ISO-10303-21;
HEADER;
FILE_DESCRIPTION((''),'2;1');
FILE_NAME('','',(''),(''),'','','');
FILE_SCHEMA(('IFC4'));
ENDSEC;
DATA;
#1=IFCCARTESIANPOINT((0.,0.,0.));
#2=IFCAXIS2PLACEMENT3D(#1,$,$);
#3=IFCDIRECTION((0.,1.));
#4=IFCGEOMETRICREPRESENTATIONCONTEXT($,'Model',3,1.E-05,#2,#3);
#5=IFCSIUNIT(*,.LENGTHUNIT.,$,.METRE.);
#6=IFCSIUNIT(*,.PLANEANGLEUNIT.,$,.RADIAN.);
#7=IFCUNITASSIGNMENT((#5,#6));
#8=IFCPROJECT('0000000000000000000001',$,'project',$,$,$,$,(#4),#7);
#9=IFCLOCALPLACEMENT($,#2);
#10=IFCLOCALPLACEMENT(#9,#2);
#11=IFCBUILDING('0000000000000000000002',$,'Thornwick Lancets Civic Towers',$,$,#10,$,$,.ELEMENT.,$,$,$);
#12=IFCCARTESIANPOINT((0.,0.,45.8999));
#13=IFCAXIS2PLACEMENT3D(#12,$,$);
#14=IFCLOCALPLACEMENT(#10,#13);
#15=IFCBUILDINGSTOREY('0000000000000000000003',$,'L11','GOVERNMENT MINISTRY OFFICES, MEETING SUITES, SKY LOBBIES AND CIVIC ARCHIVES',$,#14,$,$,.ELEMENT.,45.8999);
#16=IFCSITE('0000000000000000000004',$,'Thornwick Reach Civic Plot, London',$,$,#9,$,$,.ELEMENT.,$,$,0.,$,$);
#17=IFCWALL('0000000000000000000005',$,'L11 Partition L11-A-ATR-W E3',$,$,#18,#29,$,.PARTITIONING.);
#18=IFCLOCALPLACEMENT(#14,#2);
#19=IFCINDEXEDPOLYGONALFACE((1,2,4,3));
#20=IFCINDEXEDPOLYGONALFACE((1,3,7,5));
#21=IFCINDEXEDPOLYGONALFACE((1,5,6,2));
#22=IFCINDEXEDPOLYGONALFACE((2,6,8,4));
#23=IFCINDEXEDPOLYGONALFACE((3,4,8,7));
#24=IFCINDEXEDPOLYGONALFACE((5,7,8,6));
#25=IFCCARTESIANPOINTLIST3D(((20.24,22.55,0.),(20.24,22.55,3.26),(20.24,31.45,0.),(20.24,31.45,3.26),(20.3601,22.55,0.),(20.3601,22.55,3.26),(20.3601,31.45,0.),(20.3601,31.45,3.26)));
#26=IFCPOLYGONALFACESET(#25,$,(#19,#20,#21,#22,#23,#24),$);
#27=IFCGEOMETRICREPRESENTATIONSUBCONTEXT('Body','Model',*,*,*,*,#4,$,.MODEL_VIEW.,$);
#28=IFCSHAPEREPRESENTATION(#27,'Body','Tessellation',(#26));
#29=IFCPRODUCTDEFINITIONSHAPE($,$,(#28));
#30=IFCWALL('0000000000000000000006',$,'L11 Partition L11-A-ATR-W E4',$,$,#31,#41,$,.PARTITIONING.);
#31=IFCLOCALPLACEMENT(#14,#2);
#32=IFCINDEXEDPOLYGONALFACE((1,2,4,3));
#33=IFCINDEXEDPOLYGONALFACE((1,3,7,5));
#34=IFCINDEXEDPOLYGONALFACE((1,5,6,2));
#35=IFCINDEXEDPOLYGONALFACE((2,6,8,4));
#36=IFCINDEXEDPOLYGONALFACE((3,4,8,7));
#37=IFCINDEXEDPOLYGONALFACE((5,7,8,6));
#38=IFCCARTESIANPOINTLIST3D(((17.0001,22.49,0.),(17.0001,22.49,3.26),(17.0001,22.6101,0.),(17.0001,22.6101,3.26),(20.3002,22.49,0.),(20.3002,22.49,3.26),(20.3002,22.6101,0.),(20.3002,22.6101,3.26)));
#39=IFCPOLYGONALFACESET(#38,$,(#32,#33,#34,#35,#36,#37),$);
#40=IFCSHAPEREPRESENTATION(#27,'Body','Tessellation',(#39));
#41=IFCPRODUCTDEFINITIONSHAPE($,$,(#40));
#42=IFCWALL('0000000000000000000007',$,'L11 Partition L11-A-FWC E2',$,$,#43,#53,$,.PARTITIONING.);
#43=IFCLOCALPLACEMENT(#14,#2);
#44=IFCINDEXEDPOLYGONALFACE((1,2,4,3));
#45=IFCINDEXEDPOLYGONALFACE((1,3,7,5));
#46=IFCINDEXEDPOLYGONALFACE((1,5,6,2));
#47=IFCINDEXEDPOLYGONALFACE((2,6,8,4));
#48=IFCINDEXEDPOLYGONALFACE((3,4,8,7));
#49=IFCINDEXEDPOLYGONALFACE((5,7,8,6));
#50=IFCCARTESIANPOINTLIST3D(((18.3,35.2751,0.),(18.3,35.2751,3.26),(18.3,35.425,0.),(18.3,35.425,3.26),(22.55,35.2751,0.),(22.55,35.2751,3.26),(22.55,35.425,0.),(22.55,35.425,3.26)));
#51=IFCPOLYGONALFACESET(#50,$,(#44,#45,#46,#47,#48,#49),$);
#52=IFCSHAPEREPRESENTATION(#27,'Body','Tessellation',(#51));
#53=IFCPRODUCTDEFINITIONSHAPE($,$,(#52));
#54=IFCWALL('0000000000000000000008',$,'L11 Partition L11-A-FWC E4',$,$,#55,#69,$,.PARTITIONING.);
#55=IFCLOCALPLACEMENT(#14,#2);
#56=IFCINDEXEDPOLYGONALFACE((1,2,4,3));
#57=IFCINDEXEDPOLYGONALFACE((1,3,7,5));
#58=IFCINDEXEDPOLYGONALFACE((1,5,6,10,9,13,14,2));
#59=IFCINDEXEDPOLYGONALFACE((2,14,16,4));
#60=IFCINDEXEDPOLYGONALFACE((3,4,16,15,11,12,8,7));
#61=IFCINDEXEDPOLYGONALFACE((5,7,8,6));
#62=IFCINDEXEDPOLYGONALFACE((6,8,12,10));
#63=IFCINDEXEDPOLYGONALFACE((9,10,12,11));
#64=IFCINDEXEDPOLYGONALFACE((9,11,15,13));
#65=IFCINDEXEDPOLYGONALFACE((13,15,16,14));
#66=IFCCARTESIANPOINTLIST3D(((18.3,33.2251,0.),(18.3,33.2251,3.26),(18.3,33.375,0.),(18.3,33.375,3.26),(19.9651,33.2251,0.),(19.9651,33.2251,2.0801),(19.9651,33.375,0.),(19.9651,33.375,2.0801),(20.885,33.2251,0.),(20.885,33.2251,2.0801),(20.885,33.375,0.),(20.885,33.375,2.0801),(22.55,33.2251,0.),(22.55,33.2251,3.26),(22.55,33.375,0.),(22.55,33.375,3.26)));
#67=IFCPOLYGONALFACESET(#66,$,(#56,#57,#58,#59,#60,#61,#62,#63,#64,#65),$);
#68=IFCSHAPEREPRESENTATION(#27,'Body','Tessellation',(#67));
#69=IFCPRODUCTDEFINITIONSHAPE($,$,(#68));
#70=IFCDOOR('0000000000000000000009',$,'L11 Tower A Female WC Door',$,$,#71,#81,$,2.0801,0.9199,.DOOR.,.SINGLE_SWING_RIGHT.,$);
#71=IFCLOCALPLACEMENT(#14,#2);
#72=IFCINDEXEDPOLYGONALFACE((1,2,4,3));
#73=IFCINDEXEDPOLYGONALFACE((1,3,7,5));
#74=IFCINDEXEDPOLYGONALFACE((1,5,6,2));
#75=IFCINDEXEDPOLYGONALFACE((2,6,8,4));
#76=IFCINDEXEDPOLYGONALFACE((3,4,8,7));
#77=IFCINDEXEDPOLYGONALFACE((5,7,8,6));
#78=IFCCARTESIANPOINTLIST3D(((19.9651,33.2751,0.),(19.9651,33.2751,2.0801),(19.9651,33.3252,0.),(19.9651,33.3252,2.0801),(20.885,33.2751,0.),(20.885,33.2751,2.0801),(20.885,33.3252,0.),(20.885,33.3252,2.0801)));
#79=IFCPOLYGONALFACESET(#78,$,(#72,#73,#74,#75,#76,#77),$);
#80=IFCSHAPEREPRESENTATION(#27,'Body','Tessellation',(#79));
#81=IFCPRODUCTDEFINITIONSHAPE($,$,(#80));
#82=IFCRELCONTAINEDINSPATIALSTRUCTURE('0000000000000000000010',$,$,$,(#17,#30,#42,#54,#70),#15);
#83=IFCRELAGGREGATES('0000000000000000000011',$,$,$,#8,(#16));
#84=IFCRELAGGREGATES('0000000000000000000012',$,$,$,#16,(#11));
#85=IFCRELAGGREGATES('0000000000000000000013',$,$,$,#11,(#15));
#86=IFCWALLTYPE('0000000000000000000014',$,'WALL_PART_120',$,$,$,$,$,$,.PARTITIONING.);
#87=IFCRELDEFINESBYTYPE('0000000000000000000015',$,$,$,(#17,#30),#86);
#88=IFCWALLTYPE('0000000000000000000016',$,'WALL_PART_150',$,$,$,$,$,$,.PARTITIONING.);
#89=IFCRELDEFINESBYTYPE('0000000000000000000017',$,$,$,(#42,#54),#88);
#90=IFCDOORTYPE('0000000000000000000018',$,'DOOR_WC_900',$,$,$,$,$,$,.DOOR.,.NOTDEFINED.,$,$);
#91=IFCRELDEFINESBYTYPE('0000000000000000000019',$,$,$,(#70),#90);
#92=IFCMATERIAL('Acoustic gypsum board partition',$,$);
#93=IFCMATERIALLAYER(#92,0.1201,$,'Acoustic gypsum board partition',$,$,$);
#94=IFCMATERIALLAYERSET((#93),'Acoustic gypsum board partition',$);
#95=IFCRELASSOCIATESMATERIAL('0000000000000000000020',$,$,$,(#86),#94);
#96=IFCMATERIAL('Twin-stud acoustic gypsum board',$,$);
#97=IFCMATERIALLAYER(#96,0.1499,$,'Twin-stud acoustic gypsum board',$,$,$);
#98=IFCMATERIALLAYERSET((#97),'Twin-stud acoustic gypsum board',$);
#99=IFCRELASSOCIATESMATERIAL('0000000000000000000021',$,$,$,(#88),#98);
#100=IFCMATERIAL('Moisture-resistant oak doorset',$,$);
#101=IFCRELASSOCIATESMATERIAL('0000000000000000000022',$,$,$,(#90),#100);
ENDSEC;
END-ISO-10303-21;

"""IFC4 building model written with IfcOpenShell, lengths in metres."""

from ifc_helpers import new_model, si_unit, direction, frame, frame_2d, origin, place, context, subcontext, project, spatial, rectangle, extrude, material, layer, layer_set, type_object, element, fill, save


model = new_model("IFC4")

# Units and contexts
model_context = context("Model", 3, precision=1e-05, world=origin(), true_north=direction((0.0, 1.0)))
body_context = subcontext(model_context, "Body", "Model", "MODEL_VIEW")
ifc_project = project(units=[si_unit("LENGTHUNIT", "METRE"), si_unit("PLANEANGLEUNIT", "RADIAN")], contexts=[model_context])

# Site, building, storey
site_placement = place(None, origin())
site = spatial("IfcSite", under=ifc_project, at=site_placement, Name="Thornwick Reach Civic Plot, London", CompositionType="ELEMENT", RefElevation=0.0)
building_placement = place(site_placement, origin())
building = spatial("IfcBuilding", under=site, at=building_placement, Name="Thornwick Lancets Civic Towers", CompositionType="ELEMENT")
storey_placement = place(building_placement, frame((0.0, 0.0, 45.8999)))
storey = spatial("IfcBuildingStorey", under=building, at=storey_placement, Name="L11", Description="GOVERNMENT MINISTRY OFFICES, MEETING SUITES, SKY LOBBIES AND CIVIC ARCHIVES", CompositionType="ELEMENT", Elevation=45.8999)

# Shared definitions
ifc_material_1 = material(Name="Acoustic gypsum board partition")
ifc_layer_1 = layer(ifc_material_1, 0.1201, Name="Acoustic gypsum board partition")
ifc_layer_set_1 = layer_set([ifc_layer_1], Name="Acoustic gypsum board partition")
wall_type_1 = type_object("IfcWallType", Name="WALL_PART_120", PredefinedType="PARTITIONING", material=ifc_layer_set_1)

# Walls
wall_1_placement = place(storey_placement, frame((20.3, 31.45, 0.0), z_axis=(0.0, 0.0, 1.0), x_axis=(0.0, -1.0, 0.0)))
element("IfcWall", 1, at=wall_1_placement, inside=storey, type_object=wall_type_1, Name="L11 Partition L11-A-ATR-W E3", PredefinedType="PARTITIONING", context=body_context, shape_type="SweptSolid", body=[
    extrude(rectangle(XDim=8.8999, YDim=0.1201, at=frame_2d((4.45, 0.0))), origin(), (0.0, 0.0, 1.0), 3.26),
])
wall_2_placement = place(storey_placement, frame((20.3, 22.55, 0.0), z_axis=(0.0, 0.0, 1.0), x_axis=(-1.0, 0.0, 0.0)))
element("IfcWall", 2, at=wall_2_placement, inside=storey, type_object=wall_type_1, Name="L11 Partition L11-A-ATR-W E4", PredefinedType="PARTITIONING", context=body_context, shape_type="SweptSolid", body=[
    extrude(rectangle(XDim=3.3, YDim=0.1201, at=frame_2d((1.6499, 0.0))), origin(), (0.0, 0.0, 1.0), 3.26),
])
ifc_material_2 = material(Name="Twin-stud acoustic gypsum board")
ifc_layer_2 = layer(ifc_material_2, 0.1499, Name="Twin-stud acoustic gypsum board")
ifc_layer_set_2 = layer_set([ifc_layer_2], Name="Twin-stud acoustic gypsum board")
wall_type_2 = type_object("IfcWallType", Name="WALL_PART_150", PredefinedType="PARTITIONING", material=ifc_layer_set_2)
wall_3_placement = place(storey_placement, frame((18.3, 35.3501, 0.0), z_axis=(0.0, 0.0, 1.0), x_axis=(1.0, 0.0, 0.0)))
element("IfcWall", 3, at=wall_3_placement, inside=storey, type_object=wall_type_2, Name="L11 Partition L11-A-FWC E2", PredefinedType="PARTITIONING", context=body_context, shape_type="SweptSolid", body=[
    extrude(rectangle(XDim=4.25, YDim=0.1499, at=frame_2d((2.125, 0.0))), origin(), (0.0, 0.0, 1.0), 3.26),
])

# Wall, opening, door
wall_4_placement = place(storey_placement, frame((22.55, 33.3, 0.0), z_axis=(0.0, 0.0, 1.0), x_axis=(-1.0, 0.0, 0.0)))
wall_4 = element("IfcWall", 4, at=wall_4_placement, inside=storey, type_object=wall_type_2, Name="L11 Partition L11-A-FWC E4", PredefinedType="PARTITIONING", context=body_context, shape_type="SweptSolid", body=[
    extrude(rectangle(XDim=4.25, YDim=0.1499, at=frame_2d((2.125, 0.0))), origin(), (0.0, 0.0, 1.0), 3.26),
])
opening_1_placement = place(wall_4_placement, frame((1.665, 0.0, 0.0)))
opening_1 = element("IfcOpeningElement", 5, at=opening_1_placement, cuts=wall_4, PredefinedType="OPENING", context=body_context, shape_type="SweptSolid", body=[
    extrude(rectangle(XDim=0.9199, YDim=2.0801, at=frame_2d((0.46, 1.04))), frame((0.0, 0.085, 0.0), z_axis=(0.0, -1.0, 0.0), x_axis=(1.0, 0.0, 0.0)), (0.0, 0.0, 1.0), 0.1699),
])
ifc_material_3 = material(Name="Moisture-resistant oak doorset")
door_type_1 = type_object("IfcDoorType", Name="DOOR_WC_900", OperationType="NOTDEFINED", PredefinedType="DOOR", material=ifc_material_3)
door_1_placement = place(opening_1_placement, origin())
door_1 = element("IfcDoor", 6, at=door_1_placement, inside=storey, type_object=door_type_1, Name="L11 Tower A Female WC Door", OperationType="SINGLE_SWING_RIGHT", OverallHeight=2.0801, OverallWidth=0.9199, PredefinedType="DOOR", context=body_context, shape_type="SweptSolid", body=[
    extrude(rectangle(XDim=0.9199, YDim=2.0801, at=frame_2d((0.46, 1.04))), frame((0.0, 0.0249, 0.0), z_axis=(0.0, -1.0, 0.0), x_axis=(1.0, 0.0, 0.0)), (0.0, 0.0, 1.0), 0.05),
])
fill(opening_1, door_1)

save(model, "model.ifc")
